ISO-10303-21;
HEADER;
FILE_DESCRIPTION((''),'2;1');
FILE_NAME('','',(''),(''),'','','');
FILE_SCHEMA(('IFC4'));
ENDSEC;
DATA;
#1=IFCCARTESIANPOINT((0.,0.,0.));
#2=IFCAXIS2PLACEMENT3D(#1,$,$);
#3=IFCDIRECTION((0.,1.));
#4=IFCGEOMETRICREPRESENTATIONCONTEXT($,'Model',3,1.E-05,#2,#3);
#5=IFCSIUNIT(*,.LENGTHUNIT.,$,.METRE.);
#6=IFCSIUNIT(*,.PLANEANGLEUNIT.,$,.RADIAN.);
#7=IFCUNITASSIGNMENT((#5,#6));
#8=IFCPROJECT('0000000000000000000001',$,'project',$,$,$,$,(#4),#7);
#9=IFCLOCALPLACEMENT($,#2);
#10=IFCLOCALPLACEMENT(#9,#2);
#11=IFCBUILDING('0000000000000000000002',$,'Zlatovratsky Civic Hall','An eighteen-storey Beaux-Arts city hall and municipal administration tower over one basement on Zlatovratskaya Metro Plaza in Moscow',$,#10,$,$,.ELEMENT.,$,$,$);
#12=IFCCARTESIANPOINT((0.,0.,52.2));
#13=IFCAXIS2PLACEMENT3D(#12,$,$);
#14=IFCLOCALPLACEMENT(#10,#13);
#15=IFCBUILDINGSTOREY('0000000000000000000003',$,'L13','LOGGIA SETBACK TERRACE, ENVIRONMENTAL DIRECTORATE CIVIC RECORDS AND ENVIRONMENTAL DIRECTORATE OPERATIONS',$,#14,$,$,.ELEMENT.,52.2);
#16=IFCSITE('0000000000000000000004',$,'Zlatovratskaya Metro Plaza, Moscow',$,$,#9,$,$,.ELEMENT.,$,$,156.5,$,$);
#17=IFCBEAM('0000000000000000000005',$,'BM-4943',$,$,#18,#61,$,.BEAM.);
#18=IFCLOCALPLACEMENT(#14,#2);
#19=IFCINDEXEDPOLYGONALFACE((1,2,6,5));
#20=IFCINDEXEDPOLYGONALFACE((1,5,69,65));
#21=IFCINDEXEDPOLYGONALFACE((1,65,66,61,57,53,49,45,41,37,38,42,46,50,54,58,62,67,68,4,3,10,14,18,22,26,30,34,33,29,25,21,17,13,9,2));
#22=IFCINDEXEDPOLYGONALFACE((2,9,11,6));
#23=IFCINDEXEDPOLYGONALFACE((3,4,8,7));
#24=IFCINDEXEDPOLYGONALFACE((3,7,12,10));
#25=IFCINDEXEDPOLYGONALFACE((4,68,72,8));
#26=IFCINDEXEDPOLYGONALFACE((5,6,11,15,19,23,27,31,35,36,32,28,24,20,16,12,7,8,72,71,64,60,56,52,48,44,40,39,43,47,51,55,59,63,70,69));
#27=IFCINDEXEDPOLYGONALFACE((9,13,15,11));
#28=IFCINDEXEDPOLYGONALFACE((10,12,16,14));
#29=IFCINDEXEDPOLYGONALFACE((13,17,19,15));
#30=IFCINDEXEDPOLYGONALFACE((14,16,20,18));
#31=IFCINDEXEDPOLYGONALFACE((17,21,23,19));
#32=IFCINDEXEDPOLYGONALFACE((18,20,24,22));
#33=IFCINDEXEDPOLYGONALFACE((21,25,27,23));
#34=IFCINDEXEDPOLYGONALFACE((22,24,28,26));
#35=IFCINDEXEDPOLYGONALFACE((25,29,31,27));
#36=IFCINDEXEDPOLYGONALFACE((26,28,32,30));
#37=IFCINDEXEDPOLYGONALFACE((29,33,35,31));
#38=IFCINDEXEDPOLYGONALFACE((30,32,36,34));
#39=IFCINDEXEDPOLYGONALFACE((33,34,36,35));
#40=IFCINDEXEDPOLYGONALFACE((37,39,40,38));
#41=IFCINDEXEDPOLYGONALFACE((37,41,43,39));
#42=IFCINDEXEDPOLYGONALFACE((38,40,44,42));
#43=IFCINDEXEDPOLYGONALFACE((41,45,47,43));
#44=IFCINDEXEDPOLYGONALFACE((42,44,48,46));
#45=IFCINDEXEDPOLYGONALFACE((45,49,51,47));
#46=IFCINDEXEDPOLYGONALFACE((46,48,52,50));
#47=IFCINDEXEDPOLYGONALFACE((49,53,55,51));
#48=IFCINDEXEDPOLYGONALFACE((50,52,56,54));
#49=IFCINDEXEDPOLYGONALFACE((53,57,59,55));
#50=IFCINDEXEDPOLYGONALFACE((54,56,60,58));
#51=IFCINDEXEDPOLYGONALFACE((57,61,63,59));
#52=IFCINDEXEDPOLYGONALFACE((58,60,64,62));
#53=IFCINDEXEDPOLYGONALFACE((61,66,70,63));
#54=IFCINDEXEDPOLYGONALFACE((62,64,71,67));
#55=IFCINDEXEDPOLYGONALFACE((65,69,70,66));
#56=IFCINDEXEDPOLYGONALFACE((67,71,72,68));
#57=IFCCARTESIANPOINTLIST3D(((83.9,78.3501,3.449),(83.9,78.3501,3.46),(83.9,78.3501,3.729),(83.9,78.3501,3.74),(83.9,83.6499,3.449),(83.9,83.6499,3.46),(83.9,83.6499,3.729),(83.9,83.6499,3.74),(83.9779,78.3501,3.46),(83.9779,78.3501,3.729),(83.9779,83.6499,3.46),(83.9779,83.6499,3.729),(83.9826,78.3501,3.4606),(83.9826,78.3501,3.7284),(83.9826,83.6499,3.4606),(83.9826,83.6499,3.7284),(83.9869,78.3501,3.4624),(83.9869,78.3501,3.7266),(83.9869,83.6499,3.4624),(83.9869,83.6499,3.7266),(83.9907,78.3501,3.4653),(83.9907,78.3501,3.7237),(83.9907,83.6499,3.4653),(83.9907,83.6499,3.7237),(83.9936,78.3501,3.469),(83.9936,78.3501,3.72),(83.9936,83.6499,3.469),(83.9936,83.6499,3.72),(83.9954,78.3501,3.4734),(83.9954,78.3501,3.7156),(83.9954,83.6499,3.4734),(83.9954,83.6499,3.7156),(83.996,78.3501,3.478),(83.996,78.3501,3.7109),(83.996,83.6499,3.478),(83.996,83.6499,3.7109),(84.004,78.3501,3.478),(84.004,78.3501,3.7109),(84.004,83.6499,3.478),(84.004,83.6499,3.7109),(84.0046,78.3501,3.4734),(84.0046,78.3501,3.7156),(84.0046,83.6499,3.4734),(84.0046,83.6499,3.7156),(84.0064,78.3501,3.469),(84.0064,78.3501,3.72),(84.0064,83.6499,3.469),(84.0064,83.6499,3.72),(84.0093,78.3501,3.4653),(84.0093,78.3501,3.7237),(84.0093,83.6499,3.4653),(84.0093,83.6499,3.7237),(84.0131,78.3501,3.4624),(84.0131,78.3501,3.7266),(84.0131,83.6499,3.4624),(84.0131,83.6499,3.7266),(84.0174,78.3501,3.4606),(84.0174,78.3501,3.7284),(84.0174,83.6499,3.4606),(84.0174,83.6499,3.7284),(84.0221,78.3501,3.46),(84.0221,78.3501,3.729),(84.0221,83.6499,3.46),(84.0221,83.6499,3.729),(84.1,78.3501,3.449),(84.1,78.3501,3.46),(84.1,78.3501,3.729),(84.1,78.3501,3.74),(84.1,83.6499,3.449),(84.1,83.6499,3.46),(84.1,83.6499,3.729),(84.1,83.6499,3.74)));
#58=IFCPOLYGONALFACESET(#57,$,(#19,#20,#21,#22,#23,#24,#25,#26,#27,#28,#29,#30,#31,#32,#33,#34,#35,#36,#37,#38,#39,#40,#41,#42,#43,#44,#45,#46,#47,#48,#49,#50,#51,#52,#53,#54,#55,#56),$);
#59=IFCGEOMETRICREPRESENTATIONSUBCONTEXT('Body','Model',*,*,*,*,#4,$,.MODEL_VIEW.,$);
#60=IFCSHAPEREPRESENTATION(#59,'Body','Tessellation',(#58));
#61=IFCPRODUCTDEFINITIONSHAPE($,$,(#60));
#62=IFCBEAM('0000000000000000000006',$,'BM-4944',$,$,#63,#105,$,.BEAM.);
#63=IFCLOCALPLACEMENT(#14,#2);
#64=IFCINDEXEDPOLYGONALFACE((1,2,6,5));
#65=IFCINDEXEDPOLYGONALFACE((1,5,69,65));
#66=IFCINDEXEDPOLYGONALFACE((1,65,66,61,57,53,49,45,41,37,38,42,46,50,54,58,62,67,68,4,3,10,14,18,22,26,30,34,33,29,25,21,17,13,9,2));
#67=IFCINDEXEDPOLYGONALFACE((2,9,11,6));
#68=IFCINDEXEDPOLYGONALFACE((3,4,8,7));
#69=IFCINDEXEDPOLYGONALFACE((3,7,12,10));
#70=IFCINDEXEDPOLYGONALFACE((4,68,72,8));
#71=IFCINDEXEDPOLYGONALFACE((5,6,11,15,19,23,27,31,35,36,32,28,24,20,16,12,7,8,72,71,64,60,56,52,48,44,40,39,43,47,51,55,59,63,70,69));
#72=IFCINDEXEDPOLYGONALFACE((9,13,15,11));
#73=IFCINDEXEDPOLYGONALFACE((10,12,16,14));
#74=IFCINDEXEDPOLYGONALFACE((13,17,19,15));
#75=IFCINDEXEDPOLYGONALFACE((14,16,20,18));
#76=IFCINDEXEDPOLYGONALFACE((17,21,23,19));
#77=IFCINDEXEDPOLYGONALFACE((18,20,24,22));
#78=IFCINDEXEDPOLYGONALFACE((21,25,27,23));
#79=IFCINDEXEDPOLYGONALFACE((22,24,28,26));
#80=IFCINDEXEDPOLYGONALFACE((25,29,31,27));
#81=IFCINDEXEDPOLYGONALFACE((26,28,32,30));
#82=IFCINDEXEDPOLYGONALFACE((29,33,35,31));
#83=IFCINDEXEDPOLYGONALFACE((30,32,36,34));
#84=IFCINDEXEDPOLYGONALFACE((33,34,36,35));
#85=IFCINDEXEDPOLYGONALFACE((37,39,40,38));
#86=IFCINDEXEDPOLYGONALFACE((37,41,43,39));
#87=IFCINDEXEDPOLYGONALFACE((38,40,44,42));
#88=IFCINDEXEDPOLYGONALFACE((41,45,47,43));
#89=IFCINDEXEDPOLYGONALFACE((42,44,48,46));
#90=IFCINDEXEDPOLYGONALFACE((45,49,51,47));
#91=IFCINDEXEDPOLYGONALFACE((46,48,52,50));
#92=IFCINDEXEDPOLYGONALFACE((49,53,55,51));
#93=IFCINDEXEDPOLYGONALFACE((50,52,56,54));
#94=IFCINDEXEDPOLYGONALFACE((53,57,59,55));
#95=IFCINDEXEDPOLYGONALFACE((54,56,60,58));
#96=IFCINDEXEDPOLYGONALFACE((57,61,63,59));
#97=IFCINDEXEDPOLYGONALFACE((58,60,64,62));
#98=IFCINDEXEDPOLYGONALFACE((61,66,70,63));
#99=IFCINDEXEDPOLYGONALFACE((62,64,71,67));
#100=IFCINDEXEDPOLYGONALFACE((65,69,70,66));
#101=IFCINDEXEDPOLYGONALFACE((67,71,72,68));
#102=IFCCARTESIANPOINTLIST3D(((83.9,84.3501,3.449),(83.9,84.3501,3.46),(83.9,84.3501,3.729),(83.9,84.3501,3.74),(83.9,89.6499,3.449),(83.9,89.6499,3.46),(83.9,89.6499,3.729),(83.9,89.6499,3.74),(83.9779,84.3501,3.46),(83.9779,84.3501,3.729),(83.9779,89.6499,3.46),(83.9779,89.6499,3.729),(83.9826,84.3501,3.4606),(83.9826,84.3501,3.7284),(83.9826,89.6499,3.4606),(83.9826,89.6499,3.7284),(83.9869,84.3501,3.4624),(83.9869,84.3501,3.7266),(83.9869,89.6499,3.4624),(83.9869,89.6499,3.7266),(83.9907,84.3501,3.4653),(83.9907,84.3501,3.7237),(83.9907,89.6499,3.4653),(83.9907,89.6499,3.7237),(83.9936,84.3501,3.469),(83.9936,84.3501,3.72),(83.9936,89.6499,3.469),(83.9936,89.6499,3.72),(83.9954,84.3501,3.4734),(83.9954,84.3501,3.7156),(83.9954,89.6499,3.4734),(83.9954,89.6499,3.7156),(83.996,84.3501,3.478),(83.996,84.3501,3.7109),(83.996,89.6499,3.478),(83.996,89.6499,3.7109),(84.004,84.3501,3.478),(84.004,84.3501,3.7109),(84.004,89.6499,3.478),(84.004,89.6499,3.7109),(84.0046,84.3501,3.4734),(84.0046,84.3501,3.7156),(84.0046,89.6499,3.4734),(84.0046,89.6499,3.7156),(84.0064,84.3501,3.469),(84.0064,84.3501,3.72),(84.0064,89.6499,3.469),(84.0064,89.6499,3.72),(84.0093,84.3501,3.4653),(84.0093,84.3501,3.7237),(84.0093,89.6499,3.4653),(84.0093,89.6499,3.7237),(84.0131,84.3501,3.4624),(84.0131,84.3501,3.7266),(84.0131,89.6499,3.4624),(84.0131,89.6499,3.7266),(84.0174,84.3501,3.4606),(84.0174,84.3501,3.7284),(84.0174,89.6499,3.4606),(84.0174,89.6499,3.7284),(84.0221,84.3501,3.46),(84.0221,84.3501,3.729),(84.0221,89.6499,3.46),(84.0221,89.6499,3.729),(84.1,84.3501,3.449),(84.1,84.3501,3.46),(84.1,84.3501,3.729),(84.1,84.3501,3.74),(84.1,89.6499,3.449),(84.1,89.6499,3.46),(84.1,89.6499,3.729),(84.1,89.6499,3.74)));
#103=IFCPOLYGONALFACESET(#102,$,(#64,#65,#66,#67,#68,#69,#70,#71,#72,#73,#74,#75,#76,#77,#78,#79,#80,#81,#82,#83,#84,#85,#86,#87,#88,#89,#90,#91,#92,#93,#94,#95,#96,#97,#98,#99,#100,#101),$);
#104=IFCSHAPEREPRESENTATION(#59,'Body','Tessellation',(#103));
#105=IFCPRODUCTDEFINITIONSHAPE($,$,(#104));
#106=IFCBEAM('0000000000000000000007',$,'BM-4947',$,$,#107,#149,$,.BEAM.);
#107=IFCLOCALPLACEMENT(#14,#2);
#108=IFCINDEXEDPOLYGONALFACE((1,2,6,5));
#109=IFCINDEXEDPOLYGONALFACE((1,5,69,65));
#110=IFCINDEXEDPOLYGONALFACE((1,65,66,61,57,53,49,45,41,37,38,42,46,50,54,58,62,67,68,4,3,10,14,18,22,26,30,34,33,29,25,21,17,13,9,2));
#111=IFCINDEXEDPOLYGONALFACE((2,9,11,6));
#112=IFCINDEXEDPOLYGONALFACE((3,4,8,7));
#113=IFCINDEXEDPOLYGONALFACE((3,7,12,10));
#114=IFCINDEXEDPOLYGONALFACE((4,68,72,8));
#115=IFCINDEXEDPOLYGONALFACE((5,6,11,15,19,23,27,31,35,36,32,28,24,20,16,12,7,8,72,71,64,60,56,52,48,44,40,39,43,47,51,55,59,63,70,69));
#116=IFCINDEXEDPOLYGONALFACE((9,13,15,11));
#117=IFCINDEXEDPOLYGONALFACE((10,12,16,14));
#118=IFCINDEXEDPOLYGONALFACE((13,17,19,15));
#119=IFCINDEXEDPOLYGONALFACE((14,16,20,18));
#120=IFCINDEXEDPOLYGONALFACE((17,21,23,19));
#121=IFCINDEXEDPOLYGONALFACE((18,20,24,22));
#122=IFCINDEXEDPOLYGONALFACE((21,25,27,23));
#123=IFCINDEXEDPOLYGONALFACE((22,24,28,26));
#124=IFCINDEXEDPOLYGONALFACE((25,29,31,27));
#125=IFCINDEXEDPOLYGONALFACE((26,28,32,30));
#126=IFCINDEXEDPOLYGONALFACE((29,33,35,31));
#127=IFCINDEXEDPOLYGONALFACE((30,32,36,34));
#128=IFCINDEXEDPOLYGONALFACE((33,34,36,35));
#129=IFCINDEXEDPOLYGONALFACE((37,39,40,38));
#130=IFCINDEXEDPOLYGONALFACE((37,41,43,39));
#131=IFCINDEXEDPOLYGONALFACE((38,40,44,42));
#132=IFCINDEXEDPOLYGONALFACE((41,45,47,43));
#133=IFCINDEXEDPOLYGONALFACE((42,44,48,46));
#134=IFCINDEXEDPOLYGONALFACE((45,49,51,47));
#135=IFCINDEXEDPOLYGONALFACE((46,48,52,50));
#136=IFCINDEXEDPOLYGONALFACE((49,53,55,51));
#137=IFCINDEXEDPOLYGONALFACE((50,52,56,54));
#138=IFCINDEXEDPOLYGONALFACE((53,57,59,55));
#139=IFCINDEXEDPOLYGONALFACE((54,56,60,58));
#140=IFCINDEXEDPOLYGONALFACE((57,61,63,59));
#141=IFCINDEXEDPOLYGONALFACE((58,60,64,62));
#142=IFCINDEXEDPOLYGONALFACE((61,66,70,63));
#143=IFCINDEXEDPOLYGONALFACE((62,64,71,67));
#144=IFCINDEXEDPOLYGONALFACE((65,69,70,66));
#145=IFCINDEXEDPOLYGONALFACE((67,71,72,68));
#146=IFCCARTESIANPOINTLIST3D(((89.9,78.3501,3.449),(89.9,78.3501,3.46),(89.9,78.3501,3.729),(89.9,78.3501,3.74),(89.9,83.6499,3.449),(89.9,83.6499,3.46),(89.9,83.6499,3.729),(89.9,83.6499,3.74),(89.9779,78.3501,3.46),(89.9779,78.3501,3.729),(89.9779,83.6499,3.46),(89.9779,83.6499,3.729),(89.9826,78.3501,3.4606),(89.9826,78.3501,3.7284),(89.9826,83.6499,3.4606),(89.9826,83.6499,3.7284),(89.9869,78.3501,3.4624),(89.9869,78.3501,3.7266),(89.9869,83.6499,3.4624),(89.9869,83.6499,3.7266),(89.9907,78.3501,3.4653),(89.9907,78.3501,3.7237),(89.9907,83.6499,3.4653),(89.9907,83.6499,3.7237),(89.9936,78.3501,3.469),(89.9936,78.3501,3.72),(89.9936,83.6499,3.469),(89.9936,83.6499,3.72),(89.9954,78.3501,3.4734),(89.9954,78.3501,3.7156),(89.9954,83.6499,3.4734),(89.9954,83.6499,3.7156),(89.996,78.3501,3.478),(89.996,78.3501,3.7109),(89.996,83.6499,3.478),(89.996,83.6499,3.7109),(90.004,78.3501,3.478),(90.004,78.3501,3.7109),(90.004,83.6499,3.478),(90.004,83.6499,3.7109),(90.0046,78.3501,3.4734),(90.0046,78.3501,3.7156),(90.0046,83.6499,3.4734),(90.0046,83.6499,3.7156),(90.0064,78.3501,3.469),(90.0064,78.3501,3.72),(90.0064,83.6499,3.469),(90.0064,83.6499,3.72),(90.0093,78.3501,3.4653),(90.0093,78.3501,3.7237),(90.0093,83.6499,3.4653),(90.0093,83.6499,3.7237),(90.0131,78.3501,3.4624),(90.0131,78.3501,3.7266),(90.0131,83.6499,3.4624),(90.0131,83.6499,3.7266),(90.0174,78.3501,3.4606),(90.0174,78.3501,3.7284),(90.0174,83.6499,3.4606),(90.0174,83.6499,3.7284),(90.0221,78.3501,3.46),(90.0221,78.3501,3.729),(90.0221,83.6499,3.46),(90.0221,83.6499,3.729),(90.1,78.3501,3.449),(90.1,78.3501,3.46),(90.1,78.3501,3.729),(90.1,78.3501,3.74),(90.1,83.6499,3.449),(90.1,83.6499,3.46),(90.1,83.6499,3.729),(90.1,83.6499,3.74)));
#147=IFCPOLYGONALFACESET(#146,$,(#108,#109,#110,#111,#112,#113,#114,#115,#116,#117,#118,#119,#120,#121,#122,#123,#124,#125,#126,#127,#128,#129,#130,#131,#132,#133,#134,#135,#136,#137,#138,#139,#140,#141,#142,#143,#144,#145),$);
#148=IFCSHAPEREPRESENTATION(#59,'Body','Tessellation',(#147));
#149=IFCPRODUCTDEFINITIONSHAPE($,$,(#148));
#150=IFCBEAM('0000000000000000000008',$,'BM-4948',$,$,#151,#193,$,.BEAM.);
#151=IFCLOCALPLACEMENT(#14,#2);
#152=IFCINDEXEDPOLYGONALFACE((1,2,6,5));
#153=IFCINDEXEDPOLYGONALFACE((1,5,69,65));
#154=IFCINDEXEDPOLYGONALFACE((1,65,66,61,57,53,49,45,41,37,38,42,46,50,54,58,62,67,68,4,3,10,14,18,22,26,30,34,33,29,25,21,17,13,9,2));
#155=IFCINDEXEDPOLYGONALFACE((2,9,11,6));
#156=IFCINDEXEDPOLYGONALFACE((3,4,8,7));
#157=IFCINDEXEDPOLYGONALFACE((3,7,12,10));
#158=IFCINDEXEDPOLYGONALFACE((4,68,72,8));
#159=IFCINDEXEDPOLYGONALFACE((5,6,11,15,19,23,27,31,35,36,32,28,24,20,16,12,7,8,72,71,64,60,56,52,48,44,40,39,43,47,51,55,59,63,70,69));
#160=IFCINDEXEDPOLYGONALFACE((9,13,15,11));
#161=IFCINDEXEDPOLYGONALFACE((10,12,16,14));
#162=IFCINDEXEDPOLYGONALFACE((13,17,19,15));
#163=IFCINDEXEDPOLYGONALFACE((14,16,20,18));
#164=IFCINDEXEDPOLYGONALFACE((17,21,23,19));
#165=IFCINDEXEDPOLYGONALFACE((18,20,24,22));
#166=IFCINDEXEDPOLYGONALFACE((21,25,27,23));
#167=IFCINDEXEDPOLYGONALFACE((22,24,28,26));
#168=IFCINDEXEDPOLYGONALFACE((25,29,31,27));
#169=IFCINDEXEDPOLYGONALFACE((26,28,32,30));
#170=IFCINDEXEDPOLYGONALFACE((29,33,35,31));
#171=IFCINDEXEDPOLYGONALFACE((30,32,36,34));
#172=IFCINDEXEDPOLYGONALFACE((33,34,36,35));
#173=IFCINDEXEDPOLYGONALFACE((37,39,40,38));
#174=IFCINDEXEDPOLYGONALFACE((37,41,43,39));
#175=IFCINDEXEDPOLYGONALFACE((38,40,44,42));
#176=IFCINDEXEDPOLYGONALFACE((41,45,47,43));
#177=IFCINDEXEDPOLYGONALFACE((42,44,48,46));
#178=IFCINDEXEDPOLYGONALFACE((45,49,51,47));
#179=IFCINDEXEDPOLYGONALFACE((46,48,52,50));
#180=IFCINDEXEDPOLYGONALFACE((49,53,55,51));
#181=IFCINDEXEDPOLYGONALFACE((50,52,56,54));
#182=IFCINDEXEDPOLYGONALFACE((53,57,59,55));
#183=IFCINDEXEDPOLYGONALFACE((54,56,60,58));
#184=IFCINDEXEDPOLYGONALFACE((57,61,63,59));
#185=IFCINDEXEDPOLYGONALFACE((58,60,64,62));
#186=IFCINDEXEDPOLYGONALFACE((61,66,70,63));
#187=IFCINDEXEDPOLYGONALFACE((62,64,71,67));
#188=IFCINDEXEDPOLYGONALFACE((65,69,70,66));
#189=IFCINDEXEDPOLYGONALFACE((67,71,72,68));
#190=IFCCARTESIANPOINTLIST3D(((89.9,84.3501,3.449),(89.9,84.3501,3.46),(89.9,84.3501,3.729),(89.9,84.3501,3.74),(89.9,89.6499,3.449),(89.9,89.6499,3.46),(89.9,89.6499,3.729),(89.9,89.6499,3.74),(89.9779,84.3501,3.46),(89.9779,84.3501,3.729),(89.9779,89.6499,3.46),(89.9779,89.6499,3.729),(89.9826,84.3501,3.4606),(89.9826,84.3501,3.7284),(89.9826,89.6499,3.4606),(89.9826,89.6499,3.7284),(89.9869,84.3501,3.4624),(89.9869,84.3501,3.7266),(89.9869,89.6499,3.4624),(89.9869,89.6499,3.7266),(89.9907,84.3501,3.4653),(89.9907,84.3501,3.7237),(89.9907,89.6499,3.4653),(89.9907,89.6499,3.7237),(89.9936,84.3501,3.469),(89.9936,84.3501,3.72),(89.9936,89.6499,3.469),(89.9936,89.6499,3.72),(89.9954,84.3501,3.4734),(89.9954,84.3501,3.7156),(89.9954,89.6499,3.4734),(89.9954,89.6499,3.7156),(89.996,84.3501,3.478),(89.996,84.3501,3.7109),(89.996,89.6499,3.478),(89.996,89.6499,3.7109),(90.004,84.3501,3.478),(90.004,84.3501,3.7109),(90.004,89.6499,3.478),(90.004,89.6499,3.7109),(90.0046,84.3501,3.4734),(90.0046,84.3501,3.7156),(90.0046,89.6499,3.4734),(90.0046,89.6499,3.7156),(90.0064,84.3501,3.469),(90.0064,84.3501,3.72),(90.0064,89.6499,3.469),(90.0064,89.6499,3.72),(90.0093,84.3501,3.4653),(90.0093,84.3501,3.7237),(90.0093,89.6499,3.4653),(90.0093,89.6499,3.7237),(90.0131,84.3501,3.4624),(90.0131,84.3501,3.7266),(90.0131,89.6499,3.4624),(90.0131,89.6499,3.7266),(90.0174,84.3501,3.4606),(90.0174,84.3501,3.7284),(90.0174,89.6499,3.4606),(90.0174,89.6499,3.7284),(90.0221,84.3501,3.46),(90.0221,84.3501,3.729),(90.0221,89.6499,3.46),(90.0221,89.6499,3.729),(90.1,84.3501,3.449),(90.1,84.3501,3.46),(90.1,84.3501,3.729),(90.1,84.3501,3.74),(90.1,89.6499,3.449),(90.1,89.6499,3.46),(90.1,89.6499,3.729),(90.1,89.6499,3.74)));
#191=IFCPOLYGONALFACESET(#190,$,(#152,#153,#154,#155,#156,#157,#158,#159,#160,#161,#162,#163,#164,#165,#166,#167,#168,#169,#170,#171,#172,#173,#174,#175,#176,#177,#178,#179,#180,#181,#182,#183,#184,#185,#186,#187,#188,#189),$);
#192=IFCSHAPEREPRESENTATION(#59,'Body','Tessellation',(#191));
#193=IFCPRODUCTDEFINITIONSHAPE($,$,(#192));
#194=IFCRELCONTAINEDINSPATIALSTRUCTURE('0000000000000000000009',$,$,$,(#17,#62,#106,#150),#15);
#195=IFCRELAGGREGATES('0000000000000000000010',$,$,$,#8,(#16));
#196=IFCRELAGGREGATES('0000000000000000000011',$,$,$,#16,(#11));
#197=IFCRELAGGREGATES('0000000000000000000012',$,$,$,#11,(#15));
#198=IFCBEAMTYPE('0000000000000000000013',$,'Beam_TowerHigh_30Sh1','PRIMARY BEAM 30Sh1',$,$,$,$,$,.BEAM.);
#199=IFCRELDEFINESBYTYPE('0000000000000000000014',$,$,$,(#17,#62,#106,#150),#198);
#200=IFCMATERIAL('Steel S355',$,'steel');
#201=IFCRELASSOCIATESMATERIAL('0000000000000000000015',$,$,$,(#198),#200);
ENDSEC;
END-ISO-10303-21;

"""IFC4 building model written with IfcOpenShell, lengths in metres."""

from ifc_helpers import new_model, si_unit, direction, frame, origin, origin_2d, place, context, subcontext, project, spatial, i_section, extrude, material, material_profile, profile_set, type_object, element, save


model = new_model("IFC4")

# Units and contexts
model_context = context("Model", 3, precision=1e-05, world=origin(), true_north=direction((0.0, 1.0)))
body_context = subcontext(model_context, "Body", "Model", "MODEL_VIEW")
ifc_project = project(units=[si_unit("LENGTHUNIT", "METRE"), si_unit("PLANEANGLEUNIT", "RADIAN")], contexts=[model_context])

# Site, building, storey
site_placement = place(None, origin())
site = spatial("IfcSite", under=ifc_project, at=site_placement, Name="Zlatovratskaya Metro Plaza, Moscow", CompositionType="ELEMENT", RefElevation=156.5)
building_placement = place(site_placement, origin())
building = spatial("IfcBuilding", under=site, at=building_placement, Name="Zlatovratsky Civic Hall", Description="An eighteen-storey Beaux-Arts city hall and municipal administration tower over one basement on Zlatovratskaya Metro Plaza in Moscow", CompositionType="ELEMENT")
storey_placement = place(building_placement, frame((0.0, 0.0, 52.2)))
storey = spatial("IfcBuildingStorey", under=building, at=storey_placement, Name="L13", Description="LOGGIA SETBACK TERRACE, ENVIRONMENTAL DIRECTORATE CIVIC RECORDS AND ENVIRONMENTAL DIRECTORATE OPERATIONS", CompositionType="ELEMENT", Elevation=52.2)

# Beams
ifc_material_1 = material(Name="Steel S355", Category="steel")
ifc_material_profile_1 = material_profile(ifc_material_1, i_section(OverallWidth=0.2, OverallDepth=0.291, WebThickness=0.0081, FlangeThickness=0.011, FilletRadius=0.0181, at=origin_2d()), Name="30Sh1")
ifc_profile_set_1 = profile_set([ifc_material_profile_1], Name="Steel S355")
beam_type_1 = type_object("IfcBeamType", Name="Beam_TowerHigh_30Sh1", Description="PRIMARY BEAM 30Sh1", PredefinedType="BEAM", material=ifc_profile_set_1)
for number, where, z_axis, x_axis, name in (
    (1, (84.0, 78.3501, 3.5945), (0.0, 1.0, 0.0), (-1.0, 0.0, 0.0), "BM-4943"),
    (2, (84.0, 84.3501, 3.5945), (0.0, 1.0, 0.0), (-1.0, 0.0, 0.0), "BM-4944"),
    (3, (90.0, 78.3501, 3.5945), (0.0, 1.0, 0.0), (-1.0, 0.0, 0.0), "BM-4947"),
    (4, (90.0, 84.3501, 3.5945), (0.0, 1.0, 0.0), (-1.0, 0.0, 0.0), "BM-4948"),
):
    element("IfcBeam", number, at=place(storey_placement, frame(where, z_axis=z_axis, x_axis=x_axis)), inside=storey, type_object=beam_type_1, Name=name, PredefinedType="BEAM", context=body_context, shape_type="SweptSolid", body=[
        extrude(i_section(OverallWidth=0.2, OverallDepth=0.291, WebThickness=0.0081, FlangeThickness=0.011, FilletRadius=0.0181, at=origin_2d()), origin(), (0.0, 0.0, 1.0), 5.2998),
    ])

save(model, "model.ifc")
